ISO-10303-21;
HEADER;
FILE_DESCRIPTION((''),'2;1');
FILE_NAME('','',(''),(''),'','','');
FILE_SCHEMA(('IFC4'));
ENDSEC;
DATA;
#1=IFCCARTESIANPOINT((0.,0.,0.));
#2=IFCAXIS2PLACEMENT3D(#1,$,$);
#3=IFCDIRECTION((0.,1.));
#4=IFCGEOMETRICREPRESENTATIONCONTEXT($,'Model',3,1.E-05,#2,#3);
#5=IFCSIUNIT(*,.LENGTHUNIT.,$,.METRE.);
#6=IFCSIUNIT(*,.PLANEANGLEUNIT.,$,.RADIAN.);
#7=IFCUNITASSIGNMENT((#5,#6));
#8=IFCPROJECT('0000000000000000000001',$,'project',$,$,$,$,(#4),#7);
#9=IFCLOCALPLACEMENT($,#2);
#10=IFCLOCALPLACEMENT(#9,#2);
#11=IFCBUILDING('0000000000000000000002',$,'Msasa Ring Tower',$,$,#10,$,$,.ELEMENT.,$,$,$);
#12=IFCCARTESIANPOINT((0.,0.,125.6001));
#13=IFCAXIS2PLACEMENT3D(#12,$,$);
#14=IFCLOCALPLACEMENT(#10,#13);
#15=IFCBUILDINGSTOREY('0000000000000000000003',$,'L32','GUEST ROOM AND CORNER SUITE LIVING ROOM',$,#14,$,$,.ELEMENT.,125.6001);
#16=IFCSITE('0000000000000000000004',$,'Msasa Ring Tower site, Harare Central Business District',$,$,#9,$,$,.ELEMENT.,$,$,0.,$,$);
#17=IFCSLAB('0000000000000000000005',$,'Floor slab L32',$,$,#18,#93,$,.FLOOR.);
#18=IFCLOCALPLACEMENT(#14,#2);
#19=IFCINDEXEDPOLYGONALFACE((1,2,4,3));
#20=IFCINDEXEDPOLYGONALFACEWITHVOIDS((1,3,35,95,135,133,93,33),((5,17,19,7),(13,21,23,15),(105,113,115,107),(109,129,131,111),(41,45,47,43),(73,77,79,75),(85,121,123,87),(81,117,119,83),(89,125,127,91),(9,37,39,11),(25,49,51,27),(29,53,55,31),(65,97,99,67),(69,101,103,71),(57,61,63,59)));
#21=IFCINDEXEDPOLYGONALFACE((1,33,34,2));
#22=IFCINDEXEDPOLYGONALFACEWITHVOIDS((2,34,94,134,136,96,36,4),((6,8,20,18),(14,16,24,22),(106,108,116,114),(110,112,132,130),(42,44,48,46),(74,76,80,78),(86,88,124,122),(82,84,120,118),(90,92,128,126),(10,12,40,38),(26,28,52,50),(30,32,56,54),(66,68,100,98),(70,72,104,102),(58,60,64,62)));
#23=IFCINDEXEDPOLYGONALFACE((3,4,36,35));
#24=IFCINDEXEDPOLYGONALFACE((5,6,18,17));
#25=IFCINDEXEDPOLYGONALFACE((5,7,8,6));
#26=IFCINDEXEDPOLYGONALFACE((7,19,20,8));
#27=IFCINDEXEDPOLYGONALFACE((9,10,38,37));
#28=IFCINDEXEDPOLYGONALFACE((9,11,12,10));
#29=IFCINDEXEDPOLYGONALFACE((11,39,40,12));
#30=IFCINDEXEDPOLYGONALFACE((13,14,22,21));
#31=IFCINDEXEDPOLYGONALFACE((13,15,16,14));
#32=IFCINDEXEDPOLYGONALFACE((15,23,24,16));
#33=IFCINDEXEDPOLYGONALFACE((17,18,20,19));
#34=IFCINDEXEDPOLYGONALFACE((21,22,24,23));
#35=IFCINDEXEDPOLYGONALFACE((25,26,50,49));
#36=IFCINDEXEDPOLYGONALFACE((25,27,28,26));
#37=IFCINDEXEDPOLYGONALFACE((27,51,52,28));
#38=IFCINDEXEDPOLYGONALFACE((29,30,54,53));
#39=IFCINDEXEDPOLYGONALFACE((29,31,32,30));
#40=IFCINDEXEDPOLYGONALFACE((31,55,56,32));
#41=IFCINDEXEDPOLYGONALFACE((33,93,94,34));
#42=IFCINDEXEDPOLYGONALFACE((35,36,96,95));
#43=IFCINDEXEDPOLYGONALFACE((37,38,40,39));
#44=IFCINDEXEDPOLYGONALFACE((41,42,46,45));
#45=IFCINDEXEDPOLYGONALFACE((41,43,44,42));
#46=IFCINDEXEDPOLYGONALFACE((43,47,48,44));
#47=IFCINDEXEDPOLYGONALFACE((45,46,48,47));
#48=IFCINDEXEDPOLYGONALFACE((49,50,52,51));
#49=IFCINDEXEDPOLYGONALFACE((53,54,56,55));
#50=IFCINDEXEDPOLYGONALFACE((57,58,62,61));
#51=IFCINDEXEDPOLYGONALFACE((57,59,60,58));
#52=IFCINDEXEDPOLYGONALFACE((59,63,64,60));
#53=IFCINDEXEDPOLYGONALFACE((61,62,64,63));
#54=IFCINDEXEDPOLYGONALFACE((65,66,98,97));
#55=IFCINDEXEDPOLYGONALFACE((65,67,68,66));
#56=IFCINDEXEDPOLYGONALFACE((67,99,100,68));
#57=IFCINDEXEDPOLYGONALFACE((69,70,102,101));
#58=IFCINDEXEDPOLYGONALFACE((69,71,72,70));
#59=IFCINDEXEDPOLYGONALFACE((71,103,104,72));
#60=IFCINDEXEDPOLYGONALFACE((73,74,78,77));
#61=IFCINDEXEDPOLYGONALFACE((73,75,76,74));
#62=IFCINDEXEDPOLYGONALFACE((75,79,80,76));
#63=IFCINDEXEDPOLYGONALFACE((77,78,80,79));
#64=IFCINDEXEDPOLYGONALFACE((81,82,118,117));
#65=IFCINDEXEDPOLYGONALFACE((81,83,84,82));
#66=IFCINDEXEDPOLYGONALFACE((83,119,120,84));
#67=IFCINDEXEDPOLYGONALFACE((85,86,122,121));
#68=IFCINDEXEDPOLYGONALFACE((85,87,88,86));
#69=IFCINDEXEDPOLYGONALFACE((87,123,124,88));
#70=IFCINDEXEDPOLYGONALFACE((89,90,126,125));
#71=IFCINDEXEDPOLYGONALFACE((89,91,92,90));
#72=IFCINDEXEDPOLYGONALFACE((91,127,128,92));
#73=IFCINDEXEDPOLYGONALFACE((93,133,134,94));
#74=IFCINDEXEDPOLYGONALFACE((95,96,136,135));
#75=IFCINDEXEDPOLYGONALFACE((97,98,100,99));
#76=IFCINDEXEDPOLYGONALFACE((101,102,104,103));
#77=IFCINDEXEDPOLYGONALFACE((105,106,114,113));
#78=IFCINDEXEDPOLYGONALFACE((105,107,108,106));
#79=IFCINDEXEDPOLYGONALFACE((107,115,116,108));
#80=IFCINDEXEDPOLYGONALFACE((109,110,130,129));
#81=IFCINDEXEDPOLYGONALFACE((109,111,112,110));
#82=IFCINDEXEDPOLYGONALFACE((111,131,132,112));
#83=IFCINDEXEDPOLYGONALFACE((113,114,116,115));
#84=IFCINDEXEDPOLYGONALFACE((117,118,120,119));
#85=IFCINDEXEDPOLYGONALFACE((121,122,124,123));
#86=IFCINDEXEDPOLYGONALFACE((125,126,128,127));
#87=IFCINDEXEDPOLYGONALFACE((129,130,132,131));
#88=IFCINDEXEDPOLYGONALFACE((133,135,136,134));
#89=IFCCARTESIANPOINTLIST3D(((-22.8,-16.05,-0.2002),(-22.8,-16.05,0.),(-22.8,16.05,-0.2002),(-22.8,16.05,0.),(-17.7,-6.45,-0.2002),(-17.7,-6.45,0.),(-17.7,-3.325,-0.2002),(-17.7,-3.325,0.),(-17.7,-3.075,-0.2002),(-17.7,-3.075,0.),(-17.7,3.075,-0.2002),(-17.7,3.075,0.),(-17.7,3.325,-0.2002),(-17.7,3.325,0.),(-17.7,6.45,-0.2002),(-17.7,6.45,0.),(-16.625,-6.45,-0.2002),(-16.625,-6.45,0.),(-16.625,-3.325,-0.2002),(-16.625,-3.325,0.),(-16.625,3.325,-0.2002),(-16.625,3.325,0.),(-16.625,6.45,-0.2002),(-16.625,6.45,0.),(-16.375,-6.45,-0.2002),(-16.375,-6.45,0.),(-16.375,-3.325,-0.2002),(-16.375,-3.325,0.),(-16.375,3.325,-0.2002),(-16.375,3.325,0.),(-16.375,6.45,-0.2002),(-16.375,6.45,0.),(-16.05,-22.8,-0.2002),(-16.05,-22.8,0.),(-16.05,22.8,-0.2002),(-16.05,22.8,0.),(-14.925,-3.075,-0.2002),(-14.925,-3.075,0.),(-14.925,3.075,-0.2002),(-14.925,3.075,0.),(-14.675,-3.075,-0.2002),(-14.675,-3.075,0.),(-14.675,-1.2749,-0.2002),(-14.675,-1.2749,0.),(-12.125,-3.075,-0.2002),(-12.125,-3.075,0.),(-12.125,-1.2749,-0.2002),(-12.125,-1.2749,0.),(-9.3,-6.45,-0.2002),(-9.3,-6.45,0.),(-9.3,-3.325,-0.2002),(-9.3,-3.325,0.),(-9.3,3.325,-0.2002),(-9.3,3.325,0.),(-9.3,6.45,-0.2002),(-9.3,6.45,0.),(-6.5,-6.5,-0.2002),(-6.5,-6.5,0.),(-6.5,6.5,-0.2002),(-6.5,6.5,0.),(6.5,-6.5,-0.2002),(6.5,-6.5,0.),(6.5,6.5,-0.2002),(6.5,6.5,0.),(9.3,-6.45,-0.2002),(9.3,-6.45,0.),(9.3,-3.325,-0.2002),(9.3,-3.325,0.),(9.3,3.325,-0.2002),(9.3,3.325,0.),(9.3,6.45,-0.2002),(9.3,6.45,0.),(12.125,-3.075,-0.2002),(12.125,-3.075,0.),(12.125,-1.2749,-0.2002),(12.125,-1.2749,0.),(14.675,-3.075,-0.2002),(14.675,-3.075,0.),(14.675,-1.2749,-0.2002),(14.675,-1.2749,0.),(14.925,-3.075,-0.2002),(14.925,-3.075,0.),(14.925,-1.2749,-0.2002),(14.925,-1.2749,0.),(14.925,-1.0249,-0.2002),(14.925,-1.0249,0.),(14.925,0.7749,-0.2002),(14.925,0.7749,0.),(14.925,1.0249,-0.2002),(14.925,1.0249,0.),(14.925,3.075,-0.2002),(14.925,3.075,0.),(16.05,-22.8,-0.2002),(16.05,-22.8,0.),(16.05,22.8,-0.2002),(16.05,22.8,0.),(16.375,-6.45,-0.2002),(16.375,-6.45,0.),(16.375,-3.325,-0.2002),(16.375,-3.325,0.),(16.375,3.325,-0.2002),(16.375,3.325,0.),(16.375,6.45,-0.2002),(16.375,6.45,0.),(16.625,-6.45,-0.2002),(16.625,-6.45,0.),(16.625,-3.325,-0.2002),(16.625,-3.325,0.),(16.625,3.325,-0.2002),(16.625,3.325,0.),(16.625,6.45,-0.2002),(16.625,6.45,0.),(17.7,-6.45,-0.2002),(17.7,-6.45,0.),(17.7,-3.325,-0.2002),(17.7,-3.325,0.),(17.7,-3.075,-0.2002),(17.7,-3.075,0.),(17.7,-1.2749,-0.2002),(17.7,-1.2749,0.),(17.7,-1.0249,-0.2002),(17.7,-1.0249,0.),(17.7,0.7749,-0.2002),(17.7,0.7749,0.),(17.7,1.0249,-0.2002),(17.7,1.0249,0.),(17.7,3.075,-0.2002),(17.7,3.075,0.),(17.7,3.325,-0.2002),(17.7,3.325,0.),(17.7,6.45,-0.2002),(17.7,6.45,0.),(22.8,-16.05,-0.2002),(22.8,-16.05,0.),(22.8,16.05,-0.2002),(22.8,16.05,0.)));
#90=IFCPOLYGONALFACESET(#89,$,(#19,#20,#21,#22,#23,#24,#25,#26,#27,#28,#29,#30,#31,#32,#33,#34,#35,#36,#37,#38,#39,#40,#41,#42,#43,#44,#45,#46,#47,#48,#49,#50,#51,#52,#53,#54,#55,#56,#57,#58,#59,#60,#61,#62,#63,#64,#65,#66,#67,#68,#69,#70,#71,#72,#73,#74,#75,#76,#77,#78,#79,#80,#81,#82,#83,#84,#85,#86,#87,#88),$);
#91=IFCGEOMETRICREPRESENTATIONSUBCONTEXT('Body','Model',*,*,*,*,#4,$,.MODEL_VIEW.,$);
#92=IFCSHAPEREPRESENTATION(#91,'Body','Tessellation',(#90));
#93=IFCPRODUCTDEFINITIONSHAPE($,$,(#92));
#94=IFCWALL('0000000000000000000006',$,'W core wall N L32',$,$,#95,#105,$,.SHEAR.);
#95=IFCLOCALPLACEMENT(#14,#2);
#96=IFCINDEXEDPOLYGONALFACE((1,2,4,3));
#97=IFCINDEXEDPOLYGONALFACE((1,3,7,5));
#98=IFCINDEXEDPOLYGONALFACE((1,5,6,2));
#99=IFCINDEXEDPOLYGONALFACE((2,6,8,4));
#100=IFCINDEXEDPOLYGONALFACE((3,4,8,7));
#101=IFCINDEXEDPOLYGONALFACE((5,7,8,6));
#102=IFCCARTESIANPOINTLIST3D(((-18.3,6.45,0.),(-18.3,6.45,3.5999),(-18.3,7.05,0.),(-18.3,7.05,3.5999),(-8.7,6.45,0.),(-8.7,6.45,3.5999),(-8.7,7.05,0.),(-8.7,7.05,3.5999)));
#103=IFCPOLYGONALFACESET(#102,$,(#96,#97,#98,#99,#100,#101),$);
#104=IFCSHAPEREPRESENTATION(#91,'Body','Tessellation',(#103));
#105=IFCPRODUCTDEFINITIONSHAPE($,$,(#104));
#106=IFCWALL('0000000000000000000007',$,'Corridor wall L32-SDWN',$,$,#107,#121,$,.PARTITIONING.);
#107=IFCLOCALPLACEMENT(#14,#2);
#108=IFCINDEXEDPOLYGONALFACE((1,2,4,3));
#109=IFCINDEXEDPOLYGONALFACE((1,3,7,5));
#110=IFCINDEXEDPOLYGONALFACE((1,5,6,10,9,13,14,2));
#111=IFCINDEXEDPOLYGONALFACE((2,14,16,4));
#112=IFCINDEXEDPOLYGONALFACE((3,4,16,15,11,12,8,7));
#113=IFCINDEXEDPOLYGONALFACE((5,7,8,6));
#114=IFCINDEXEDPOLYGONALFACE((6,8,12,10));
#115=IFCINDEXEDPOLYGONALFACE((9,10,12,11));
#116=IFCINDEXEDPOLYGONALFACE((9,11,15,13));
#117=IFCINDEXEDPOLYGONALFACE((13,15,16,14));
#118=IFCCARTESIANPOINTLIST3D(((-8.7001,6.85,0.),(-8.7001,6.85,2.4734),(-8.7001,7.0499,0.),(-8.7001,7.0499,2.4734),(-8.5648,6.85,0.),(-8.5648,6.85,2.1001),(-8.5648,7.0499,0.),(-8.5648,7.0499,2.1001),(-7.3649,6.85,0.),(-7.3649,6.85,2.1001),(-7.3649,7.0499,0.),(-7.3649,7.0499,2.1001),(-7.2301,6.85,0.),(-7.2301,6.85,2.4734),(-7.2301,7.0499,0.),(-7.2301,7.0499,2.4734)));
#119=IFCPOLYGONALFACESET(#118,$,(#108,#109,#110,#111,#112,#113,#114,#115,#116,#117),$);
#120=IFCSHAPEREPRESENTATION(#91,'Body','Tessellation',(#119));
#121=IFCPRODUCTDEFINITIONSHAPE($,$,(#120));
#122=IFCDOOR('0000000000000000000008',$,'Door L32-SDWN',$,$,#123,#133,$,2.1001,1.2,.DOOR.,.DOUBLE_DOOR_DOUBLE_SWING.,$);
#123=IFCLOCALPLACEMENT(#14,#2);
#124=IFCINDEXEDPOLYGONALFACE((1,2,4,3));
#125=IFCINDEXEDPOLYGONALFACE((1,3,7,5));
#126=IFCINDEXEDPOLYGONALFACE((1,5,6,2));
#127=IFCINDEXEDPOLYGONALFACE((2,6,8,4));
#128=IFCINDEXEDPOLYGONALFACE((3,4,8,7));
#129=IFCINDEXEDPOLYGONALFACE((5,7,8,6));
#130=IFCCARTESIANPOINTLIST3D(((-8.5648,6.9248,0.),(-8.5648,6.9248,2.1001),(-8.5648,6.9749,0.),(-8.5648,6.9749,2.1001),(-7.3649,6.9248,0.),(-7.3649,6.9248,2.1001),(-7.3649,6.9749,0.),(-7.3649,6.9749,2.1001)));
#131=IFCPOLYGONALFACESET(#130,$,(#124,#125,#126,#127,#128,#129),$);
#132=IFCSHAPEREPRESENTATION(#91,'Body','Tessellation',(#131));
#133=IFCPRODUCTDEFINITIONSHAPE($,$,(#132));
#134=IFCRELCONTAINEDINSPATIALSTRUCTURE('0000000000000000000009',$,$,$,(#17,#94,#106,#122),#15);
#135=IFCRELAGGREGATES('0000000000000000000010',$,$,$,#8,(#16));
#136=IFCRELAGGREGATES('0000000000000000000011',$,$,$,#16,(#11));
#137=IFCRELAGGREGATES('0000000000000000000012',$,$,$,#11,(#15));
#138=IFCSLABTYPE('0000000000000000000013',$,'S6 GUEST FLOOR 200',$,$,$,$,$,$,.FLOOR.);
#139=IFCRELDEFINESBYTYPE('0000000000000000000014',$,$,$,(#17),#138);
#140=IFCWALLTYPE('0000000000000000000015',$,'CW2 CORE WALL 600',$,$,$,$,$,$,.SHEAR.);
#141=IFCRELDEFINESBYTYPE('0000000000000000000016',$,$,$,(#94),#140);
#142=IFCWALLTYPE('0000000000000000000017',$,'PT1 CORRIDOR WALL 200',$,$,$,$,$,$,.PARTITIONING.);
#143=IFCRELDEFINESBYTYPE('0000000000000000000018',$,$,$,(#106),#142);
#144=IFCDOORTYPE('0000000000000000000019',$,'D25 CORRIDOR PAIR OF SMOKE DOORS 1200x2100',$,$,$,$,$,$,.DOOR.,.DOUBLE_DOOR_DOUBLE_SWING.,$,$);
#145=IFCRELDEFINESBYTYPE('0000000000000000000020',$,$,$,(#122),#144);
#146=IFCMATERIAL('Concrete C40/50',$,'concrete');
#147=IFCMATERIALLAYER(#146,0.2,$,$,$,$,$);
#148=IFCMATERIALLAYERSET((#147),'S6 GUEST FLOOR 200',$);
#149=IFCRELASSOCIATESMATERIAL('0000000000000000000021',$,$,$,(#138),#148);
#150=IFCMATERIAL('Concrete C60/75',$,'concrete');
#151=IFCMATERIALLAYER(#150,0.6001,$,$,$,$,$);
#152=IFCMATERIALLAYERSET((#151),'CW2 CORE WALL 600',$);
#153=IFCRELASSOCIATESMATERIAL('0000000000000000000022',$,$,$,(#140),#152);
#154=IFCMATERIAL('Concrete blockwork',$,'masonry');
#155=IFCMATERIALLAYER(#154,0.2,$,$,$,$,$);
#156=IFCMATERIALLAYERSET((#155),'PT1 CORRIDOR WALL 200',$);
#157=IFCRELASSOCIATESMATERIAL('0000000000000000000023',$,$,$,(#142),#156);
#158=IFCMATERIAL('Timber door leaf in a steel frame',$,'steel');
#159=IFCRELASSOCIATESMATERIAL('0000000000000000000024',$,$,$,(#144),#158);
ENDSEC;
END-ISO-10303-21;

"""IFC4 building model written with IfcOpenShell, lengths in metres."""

from ifc_helpers import new_model, si_unit, direction, frame, frame_2d, origin, place, context, subcontext, project, spatial, polyline, rectangle, outline, extrude, material, layer, layer_set, type_object, element, fill, save


model = new_model("IFC4")

# Units and contexts
model_context = context("Model", 3, precision=1e-05, world=origin(), true_north=direction((0.0, 1.0)))
body_context = subcontext(model_context, "Body", "Model", "MODEL_VIEW")
ifc_project = project(units=[si_unit("LENGTHUNIT", "METRE"), si_unit("PLANEANGLEUNIT", "RADIAN")], contexts=[model_context])

# Site, building, storey
site_placement = place(None, origin())
site = spatial("IfcSite", under=ifc_project, at=site_placement, Name="Msasa Ring Tower site, Harare Central Business District", CompositionType="ELEMENT", RefElevation=0.0)
building_placement = place(site_placement, origin())
building = spatial("IfcBuilding", under=site, at=building_placement, Name="Msasa Ring Tower", CompositionType="ELEMENT")
storey_placement = place(building_placement, frame((0.0, 0.0, 125.6001)))
storey = spatial("IfcBuildingStorey", under=building, at=storey_placement, Name="L32", Description="GUEST ROOM AND CORNER SUITE LIVING ROOM", CompositionType="ELEMENT", Elevation=125.6001)

# Slab
ifc_material_1 = material(Name="Concrete C40/50", Category="concrete")
ifc_layer_1 = layer(ifc_material_1, 0.2)
ifc_layer_set_1 = layer_set([ifc_layer_1], Name="S6 GUEST FLOOR 200")
slab_type = type_object("IfcSlabType", Name="S6 GUEST FLOOR 200", PredefinedType="FLOOR", material=ifc_layer_set_1)
slab_placement = place(storey_placement, frame((0.0, 0.0, -0.2002)))
element("IfcSlab", 1, at=slab_placement, inside=storey, type_object=slab_type, Name="Floor slab L32", PredefinedType="FLOOR", context=body_context, shape_type="SweptSolid", body=[
    extrude(outline(polyline([(-16.05, -22.8), (16.05, -22.8), (22.8, -16.05), (22.8, 16.05), (16.05, 22.8), (-16.05, 22.8), (-22.8, 16.05), (-22.8, -16.05), (-16.05, -22.8)]), holes=[polyline([(-6.5, -6.5), (6.5, -6.5), (6.5, 6.5), (-6.5, 6.5), (-6.5, -6.5)]), polyline([(9.3, -6.45), (16.375, -6.45), (16.375, -3.325), (9.3, -3.325), (9.3, -6.45)]), polyline([(9.3, 3.325), (16.375, 3.325), (16.375, 6.45), (9.3, 6.45), (9.3, 3.325)]), polyline([(12.125, -3.075), (14.675, -3.075), (14.675, -1.2749), (12.125, -1.2749), (12.125, -3.075)]), polyline([(16.625, -6.45), (17.7, -6.45), (17.7, -3.325), (16.625, -3.325), (16.625, -6.45)]), polyline([(16.625, 3.325), (17.7, 3.325), (17.7, 6.45), (16.625, 6.45), (16.625, 3.325)]), polyline([(14.925, -3.075), (17.7, -3.075), (17.7, -1.2749), (14.925, -1.2749), (14.925, -3.075)]), polyline([(14.925, -1.0249), (17.7, -1.0249), (17.7, 0.7749), (14.925, 0.7749), (14.925, -1.0249)]), polyline([(14.925, 1.0249), (17.7, 1.0249), (17.7, 3.075), (14.925, 3.075), (14.925, 1.0249)]), polyline([(-16.375, -6.45), (-9.3, -6.45), (-9.3, -3.325), (-16.375, -3.325), (-16.375, -6.45)]), polyline([(-16.375, 3.325), (-9.3, 3.325), (-9.3, 6.45), (-16.375, 6.45), (-16.375, 3.325)]), polyline([(-14.675, -3.075), (-12.125, -3.075), (-12.125, -1.2749), (-14.675, -1.2749), (-14.675, -3.075)]), polyline([(-17.7, -6.45), (-16.625, -6.45), (-16.625, -3.325), (-17.7, -3.325), (-17.7, -6.45)]), polyline([(-17.7, 3.325), (-16.625, 3.325), (-16.625, 6.45), (-17.7, 6.45), (-17.7, 3.325)]), polyline([(-17.7, -3.075), (-14.925, -3.075), (-14.925, 3.075), (-17.7, 3.075), (-17.7, -3.075)])]), origin(), (0.0, 0.0, 1.0), 0.2002),
])

# Wall
ifc_material_2 = material(Name="Concrete C60/75", Category="concrete")
ifc_layer_2 = layer(ifc_material_2, 0.6001)
ifc_layer_set_2 = layer_set([ifc_layer_2], Name="CW2 CORE WALL 600")
wall_type_1 = type_object("IfcWallType", Name="CW2 CORE WALL 600", PredefinedType="SHEAR", material=ifc_layer_set_2)
wall_1_placement = place(storey_placement, frame((-8.7, 6.75, 0.0), z_axis=(0.0, 0.0, 1.0), x_axis=(-1.0, 0.0, 0.0)))
element("IfcWall", 2, at=wall_1_placement, inside=storey, type_object=wall_type_1, Name="W core wall N L32", PredefinedType="SHEAR", context=body_context, shape_type="SweptSolid", body=[
    extrude(rectangle(XDim=9.6001, YDim=0.6001, at=frame_2d((4.8, 0.0))), origin(), (0.0, 0.0, 1.0), 3.5999),
])

# Wall, opening, door
ifc_material_3 = material(Name="Concrete blockwork", Category="masonry")
ifc_layer_3 = layer(ifc_material_3, 0.2)
ifc_layer_set_3 = layer_set([ifc_layer_3], Name="PT1 CORRIDOR WALL 200")
wall_type_2 = type_object("IfcWallType", Name="PT1 CORRIDOR WALL 200", PredefinedType="PARTITIONING", material=ifc_layer_set_3)
wall_2_placement = place(storey_placement, frame((-8.7, 6.95, 0.0), z_axis=(0.0, 0.0, 1.0), x_axis=(1.0, 0.0, 0.0)))
wall_2 = element("IfcWall", 3, at=wall_2_placement, inside=storey, type_object=wall_type_2, Name="Corridor wall L32-SDWN", PredefinedType="PARTITIONING", context=body_context, shape_type="SweptSolid", body=[
    extrude(rectangle(XDim=1.47, YDim=0.2, at=frame_2d((0.7349, 0.0))), origin(), (0.0, 0.0, 1.0), 2.4734),
])
opening_placement = place(wall_2_placement, frame((0.135, 0.0, 0.0)))
opening = element("IfcOpeningElement", 4, at=opening_placement, cuts=wall_2, PredefinedType="OPENING", context=body_context, shape_type="SweptSolid", body=[
    extrude(rectangle(XDim=1.2, YDim=2.1001, at=frame_2d((0.6001, 1.05))), frame((0.0, 0.1099, 0.0), z_axis=(0.0, -1.0, 0.0), x_axis=(1.0, 0.0, 0.0)), (0.0, 0.0, 1.0), 0.22),
])
ifc_material_4 = material(Name="Timber door leaf in a steel frame", Category="steel")
door_type = type_object("IfcDoorType", Name="D25 CORRIDOR PAIR OF SMOKE DOORS 1200x2100", OperationType="DOUBLE_DOOR_DOUBLE_SWING", PredefinedType="DOOR", material=ifc_material_4)
door_placement = place(opening_placement, origin())
door = element("IfcDoor", 5, at=door_placement, inside=storey, type_object=door_type, Name="Door L32-SDWN", OperationType="DOUBLE_DOOR_DOUBLE_SWING", OverallHeight=2.1001, OverallWidth=1.2, PredefinedType="DOOR", context=body_context, shape_type="SweptSolid", body=[
    extrude(rectangle(XDim=1.2, YDim=2.1001, at=frame_2d((0.6001, 1.05))), frame((0.0, 0.0249, 0.0), z_axis=(0.0, -1.0, 0.0), x_axis=(1.0, 0.0, 0.0)), (0.0, 0.0, 1.0), 0.05),
])
fill(opening, door)

save(model, "model.ifc")
